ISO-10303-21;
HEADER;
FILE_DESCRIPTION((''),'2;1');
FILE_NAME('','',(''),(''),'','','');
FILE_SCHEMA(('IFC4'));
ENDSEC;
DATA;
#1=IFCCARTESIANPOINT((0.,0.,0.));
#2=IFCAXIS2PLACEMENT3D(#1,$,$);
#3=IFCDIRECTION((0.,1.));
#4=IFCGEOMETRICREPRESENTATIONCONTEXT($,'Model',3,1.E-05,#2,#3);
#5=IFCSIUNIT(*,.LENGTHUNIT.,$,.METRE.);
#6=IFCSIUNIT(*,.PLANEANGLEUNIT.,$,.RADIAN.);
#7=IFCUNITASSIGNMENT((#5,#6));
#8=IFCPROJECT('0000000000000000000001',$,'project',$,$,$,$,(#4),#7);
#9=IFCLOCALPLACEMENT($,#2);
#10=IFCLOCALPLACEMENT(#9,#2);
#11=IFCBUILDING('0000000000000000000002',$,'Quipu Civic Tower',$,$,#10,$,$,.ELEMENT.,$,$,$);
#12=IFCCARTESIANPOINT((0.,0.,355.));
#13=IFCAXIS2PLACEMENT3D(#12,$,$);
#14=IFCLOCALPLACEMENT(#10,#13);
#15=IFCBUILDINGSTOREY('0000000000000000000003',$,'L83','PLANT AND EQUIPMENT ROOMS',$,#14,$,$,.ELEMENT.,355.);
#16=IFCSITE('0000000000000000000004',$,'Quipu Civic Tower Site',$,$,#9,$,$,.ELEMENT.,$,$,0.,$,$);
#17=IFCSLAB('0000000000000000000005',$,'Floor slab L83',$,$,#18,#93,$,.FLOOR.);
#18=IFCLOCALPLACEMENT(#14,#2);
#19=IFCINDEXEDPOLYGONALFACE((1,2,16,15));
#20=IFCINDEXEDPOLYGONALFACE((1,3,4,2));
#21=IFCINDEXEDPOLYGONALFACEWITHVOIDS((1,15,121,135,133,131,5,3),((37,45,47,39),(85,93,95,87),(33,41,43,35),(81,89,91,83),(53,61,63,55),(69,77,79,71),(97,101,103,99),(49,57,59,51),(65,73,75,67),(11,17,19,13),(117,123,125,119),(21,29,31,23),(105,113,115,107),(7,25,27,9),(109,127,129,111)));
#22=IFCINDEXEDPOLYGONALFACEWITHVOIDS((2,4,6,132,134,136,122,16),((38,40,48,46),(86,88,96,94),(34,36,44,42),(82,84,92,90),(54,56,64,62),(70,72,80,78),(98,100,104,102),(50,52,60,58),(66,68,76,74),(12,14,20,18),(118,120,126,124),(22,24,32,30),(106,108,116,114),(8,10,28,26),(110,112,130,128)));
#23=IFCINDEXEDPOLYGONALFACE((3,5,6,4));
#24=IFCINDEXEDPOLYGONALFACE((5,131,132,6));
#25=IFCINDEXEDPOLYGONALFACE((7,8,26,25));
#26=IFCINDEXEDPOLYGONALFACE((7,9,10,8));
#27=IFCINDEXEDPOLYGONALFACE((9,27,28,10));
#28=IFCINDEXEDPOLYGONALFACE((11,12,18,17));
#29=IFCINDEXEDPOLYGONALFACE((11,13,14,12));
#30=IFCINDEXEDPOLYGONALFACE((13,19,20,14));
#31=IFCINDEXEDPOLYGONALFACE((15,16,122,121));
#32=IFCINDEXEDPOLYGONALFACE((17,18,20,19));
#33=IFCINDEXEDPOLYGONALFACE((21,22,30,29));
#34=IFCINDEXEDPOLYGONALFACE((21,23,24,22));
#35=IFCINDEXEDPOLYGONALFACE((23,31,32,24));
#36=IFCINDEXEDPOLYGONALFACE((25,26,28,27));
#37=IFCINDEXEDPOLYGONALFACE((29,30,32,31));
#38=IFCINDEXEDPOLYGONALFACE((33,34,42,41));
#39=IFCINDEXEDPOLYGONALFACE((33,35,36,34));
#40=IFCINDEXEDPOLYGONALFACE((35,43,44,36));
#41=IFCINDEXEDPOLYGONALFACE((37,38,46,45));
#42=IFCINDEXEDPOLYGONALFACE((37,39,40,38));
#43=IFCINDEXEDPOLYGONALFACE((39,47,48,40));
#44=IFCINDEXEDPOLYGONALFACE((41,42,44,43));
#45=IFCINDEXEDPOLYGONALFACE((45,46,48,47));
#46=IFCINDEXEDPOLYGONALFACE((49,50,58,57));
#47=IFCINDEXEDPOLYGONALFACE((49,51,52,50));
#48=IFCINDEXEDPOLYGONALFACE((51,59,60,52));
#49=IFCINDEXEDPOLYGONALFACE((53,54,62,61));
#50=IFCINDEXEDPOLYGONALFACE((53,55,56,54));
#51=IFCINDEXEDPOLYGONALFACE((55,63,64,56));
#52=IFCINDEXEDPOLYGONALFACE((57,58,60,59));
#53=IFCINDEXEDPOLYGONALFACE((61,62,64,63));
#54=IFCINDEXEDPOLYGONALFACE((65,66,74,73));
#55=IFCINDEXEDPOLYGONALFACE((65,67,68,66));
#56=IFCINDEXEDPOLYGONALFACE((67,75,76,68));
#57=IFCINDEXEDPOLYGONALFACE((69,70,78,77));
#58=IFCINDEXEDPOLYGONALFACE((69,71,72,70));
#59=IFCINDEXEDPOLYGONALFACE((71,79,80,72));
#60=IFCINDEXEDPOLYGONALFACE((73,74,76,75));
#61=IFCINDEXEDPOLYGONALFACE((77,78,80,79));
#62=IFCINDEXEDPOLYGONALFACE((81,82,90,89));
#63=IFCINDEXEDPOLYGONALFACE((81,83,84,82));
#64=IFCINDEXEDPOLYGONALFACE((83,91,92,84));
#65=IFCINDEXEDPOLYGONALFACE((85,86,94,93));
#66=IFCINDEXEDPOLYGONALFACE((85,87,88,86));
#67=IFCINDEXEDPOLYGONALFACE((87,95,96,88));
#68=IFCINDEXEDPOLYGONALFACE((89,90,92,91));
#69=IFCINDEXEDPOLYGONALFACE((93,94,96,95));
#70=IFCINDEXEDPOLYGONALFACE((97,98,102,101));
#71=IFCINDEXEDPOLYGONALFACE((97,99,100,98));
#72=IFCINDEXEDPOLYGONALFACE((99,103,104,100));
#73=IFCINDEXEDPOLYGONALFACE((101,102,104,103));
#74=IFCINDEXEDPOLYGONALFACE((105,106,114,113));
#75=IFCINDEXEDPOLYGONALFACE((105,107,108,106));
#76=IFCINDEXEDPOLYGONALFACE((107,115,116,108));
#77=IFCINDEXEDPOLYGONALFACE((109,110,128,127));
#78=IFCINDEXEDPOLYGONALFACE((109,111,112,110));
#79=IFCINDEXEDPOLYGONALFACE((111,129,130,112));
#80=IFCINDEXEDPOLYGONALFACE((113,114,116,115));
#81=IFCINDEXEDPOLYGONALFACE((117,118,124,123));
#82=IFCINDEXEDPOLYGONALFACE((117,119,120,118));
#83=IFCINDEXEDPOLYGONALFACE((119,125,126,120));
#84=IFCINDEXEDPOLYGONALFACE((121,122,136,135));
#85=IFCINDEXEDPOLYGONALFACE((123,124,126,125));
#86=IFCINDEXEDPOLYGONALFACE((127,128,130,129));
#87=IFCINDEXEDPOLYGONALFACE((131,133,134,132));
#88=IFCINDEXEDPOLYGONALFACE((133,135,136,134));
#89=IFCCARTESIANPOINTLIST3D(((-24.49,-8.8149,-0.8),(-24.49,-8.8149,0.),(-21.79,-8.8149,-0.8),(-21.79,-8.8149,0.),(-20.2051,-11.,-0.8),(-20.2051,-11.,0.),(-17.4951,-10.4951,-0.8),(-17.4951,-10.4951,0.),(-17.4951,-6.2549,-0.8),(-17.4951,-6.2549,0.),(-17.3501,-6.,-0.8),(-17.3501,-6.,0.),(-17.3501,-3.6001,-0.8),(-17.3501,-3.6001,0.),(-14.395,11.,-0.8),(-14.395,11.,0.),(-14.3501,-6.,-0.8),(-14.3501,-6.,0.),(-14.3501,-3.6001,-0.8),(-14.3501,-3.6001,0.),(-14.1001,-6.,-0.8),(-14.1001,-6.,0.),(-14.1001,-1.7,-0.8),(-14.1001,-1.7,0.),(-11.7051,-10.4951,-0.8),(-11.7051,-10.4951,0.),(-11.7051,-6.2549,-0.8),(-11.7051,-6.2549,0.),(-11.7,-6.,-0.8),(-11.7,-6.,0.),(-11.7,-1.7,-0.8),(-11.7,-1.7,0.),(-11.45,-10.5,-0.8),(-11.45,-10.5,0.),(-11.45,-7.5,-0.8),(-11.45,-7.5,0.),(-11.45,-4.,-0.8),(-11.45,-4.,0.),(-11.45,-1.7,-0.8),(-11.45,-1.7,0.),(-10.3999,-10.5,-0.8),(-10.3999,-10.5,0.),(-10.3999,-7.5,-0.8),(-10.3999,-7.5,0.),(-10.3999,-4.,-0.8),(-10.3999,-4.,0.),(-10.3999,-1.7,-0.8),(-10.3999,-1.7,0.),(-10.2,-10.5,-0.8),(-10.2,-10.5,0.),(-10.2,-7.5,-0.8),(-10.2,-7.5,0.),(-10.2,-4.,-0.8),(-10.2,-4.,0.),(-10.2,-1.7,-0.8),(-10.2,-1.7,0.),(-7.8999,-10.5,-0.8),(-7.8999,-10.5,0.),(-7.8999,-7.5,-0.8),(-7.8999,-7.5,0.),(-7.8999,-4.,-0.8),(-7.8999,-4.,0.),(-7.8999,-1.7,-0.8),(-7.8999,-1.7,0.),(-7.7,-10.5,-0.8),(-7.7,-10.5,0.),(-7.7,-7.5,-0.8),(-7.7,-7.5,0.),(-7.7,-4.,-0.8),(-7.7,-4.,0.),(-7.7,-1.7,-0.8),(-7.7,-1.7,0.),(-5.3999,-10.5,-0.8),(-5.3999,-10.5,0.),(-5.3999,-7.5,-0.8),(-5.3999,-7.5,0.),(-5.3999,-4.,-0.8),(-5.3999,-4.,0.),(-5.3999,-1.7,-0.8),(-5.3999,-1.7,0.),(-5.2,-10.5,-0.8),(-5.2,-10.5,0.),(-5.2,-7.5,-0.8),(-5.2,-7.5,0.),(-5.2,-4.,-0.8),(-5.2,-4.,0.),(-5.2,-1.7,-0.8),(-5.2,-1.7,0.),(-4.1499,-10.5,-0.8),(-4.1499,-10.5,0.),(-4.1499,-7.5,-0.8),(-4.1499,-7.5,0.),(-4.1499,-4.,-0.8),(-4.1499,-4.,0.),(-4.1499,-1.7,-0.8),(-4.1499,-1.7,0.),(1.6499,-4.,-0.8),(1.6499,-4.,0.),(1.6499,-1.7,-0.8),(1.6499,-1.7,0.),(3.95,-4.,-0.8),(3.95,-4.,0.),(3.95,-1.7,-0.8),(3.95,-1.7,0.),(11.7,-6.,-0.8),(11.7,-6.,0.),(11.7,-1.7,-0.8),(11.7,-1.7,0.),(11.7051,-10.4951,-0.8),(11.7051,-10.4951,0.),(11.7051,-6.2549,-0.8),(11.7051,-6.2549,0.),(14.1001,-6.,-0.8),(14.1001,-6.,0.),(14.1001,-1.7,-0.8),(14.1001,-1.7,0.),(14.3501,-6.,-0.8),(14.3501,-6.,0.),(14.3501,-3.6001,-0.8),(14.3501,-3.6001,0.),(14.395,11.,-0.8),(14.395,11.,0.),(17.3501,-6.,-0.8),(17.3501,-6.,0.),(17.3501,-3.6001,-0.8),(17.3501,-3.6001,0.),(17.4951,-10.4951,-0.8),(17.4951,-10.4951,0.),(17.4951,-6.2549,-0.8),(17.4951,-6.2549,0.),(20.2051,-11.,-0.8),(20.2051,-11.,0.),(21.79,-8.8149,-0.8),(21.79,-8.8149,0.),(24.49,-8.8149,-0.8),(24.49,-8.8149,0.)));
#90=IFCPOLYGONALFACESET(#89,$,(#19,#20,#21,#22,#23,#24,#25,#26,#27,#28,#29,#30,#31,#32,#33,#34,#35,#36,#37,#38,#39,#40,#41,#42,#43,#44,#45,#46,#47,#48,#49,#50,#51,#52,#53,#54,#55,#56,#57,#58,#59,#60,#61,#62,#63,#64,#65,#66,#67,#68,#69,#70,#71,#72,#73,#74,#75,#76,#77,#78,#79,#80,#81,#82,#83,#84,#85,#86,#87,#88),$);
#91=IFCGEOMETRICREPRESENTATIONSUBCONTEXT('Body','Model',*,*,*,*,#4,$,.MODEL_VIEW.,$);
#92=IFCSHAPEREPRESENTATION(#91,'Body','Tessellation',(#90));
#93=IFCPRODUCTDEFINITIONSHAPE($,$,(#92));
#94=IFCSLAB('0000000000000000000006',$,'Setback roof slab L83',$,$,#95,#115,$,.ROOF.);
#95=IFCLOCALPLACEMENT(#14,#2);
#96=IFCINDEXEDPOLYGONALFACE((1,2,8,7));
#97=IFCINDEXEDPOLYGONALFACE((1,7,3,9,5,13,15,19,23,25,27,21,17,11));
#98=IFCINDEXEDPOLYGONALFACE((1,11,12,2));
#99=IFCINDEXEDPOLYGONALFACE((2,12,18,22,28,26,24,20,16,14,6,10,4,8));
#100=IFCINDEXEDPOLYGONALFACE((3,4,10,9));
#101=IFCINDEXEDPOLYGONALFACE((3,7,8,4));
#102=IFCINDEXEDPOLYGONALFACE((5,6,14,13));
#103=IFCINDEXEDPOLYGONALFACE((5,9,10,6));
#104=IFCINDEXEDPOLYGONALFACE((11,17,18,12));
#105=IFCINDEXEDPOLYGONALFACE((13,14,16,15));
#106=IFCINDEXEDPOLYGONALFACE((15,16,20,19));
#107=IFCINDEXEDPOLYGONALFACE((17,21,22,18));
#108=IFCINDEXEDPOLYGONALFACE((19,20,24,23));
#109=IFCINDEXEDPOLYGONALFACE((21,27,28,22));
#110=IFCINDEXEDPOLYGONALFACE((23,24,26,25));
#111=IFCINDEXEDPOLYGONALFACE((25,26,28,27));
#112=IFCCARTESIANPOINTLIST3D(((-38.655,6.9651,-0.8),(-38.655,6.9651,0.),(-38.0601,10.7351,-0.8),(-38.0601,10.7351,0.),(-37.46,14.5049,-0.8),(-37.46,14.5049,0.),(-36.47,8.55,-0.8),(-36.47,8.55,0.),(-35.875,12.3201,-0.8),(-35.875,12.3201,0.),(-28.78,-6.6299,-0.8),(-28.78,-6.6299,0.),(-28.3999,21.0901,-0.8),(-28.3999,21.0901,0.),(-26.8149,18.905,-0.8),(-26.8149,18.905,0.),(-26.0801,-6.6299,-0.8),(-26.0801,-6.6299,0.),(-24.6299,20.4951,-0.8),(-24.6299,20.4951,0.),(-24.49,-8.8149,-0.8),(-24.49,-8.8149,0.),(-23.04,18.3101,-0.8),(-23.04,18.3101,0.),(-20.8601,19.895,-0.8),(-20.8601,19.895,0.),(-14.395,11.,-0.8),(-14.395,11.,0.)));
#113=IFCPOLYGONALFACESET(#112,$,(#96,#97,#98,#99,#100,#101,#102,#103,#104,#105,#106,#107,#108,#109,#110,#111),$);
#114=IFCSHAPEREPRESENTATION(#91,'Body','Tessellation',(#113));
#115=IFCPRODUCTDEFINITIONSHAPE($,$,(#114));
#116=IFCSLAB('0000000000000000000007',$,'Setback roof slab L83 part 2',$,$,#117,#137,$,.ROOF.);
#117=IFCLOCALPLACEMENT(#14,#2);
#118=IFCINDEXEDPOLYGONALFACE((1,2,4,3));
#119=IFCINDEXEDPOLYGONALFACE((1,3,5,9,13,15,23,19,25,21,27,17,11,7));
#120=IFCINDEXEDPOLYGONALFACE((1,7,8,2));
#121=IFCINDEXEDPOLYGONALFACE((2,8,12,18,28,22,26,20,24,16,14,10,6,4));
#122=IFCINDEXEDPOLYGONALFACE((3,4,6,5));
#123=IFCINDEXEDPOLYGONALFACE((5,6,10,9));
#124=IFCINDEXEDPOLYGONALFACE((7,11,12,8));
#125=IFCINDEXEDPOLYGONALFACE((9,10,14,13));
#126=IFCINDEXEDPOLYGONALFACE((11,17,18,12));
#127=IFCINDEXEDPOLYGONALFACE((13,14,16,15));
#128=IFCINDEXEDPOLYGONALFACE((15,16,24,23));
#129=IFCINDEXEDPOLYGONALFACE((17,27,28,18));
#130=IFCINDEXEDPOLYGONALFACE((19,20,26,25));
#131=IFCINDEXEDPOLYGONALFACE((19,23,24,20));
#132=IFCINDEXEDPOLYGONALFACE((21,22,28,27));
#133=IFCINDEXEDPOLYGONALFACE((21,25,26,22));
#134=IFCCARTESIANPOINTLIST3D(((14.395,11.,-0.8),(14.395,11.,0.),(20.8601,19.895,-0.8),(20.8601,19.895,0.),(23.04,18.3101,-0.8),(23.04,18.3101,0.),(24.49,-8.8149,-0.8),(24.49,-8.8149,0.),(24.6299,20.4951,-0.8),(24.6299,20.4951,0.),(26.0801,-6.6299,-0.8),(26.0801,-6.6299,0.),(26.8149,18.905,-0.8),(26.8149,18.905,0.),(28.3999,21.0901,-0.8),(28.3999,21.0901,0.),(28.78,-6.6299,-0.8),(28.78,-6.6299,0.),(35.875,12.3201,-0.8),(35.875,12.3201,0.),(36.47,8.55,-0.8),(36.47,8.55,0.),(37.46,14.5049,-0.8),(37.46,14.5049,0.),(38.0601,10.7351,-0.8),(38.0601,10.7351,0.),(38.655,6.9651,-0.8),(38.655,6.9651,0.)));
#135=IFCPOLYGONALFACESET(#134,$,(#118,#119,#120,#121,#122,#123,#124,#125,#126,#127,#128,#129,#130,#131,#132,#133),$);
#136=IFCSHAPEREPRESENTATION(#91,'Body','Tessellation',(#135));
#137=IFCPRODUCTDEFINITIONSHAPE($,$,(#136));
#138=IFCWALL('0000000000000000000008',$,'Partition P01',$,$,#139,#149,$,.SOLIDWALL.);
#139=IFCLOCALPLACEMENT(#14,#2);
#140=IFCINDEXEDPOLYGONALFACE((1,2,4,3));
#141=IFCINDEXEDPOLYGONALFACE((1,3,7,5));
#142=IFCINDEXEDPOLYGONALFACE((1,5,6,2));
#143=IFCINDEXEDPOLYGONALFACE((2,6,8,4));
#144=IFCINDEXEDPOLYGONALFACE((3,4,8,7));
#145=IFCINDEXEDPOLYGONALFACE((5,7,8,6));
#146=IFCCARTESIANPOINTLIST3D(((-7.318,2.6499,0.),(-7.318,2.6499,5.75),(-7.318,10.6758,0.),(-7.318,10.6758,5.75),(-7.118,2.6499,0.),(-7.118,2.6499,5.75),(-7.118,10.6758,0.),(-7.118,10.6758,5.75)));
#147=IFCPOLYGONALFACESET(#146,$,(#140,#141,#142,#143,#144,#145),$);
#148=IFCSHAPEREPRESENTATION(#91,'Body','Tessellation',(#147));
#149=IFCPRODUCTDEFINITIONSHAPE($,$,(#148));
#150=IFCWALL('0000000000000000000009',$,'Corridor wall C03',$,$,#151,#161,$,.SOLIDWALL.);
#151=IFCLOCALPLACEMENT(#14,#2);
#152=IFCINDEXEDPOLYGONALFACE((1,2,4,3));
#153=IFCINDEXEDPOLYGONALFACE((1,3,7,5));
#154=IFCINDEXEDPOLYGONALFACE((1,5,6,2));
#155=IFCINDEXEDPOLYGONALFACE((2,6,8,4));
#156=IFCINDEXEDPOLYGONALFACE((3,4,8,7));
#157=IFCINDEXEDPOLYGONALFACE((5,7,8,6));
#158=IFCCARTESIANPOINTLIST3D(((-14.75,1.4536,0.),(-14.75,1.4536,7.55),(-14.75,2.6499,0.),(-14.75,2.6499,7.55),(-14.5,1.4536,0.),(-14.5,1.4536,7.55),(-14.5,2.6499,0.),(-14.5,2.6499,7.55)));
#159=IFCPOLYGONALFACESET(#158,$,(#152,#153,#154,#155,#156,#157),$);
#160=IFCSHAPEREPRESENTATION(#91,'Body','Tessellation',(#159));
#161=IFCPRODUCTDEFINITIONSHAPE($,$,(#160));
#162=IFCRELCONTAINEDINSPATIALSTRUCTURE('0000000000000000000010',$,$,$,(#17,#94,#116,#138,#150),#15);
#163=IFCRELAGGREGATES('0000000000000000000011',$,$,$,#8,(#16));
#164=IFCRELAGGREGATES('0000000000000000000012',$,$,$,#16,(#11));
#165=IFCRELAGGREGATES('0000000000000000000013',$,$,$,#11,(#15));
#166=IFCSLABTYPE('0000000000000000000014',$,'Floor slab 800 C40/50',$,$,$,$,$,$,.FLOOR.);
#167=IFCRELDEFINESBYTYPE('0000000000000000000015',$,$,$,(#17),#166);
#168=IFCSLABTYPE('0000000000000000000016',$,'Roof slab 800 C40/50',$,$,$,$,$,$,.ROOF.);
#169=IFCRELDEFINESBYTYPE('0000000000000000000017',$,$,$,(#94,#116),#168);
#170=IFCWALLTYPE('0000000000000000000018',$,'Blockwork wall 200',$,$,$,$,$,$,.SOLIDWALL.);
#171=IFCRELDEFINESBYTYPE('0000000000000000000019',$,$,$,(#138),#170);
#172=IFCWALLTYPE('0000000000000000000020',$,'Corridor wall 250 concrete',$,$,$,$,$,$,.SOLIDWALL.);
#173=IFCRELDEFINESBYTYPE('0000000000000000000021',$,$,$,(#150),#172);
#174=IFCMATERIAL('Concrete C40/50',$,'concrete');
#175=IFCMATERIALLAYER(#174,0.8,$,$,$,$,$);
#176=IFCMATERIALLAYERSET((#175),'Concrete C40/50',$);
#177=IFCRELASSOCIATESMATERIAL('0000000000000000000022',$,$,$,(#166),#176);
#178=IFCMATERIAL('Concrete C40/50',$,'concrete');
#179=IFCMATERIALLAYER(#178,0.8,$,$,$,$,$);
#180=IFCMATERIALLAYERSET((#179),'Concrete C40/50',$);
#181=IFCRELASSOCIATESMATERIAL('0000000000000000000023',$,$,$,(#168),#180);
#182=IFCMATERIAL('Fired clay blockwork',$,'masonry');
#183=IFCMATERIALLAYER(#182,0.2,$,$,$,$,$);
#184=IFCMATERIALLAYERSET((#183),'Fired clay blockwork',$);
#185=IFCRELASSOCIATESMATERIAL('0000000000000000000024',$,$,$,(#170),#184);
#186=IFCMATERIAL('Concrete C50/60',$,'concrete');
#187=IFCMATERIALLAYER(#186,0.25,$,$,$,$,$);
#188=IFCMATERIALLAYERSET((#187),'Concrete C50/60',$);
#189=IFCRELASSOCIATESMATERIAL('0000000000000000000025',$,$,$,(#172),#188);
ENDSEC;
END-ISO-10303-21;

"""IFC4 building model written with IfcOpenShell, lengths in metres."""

from ifc_helpers import new_model, si_unit, direction, frame, frame_2d, origin, place, context, subcontext, project, spatial, polyline, rectangle, outline, extrude, material, layer, layer_set, type_object, element, save


model = new_model("IFC4")

# Units and contexts
model_context = context("Model", 3, precision=1e-05, world=origin(), true_north=direction((0.0, 1.0)))
body_context = subcontext(model_context, "Body", "Model", "MODEL_VIEW")
ifc_project = project(units=[si_unit("LENGTHUNIT", "METRE"), si_unit("PLANEANGLEUNIT", "RADIAN")], contexts=[model_context])

# Site, building, storey
site_placement = place(None, origin())
site = spatial("IfcSite", under=ifc_project, at=site_placement, Name="Quipu Civic Tower Site", CompositionType="ELEMENT", RefElevation=0.0)
building_placement = place(site_placement, origin())
building = spatial("IfcBuilding", under=site, at=building_placement, Name="Quipu Civic Tower", CompositionType="ELEMENT")
storey_placement = place(building_placement, frame((0.0, 0.0, 355.0)))
storey = spatial("IfcBuildingStorey", under=building, at=storey_placement, Name="L83", Description="PLANT AND EQUIPMENT ROOMS", CompositionType="ELEMENT", Elevation=355.0)

# Slabs
ifc_material_1 = material(Name="Concrete C40/50", Category="concrete")
ifc_layer_1 = layer(ifc_material_1, 0.8)
ifc_layer_set_1 = layer_set([ifc_layer_1], Name="Concrete C40/50")
slab_type_1 = type_object("IfcSlabType", Name="Floor slab 800 C40/50", PredefinedType="FLOOR", material=ifc_layer_set_1)
slab_1_placement = place(storey_placement, frame((0.0, 0.0, -0.8)))
element("IfcSlab", 1, at=slab_1_placement, inside=storey, type_object=slab_type_1, Name="Floor slab L83", PredefinedType="FLOOR", context=body_context, shape_type="SweptSolid", body=[
    extrude(outline(polyline([(24.49, -8.8149), (21.79, -8.8149), (20.2051, -11.0), (-20.2051, -11.0), (-21.79, -8.8149), (-24.49, -8.8149), (-14.395, 11.0), (14.395, 11.0), (24.49, -8.8149)]), holes=[polyline([(-11.45, -10.5), (-10.3999, -10.5), (-10.3999, -7.5), (-11.45, -7.5), (-11.45, -10.5)]), polyline([(-10.2, -7.5), (-10.2, -10.5), (-7.8999, -10.5), (-7.8999, -7.5), (-10.2, -7.5)]), polyline([(-7.7, -7.5), (-7.7, -10.5), (-5.3999, -10.5), (-5.3999, -7.5), (-7.7, -7.5)]), polyline([(-11.7051, -6.2549), (-17.4951, -6.2549), (-17.4951, -10.4951), (-11.7051, -10.4951), (-11.7051, -6.2549)]), polyline([(-17.3501, -3.6001), (-17.3501, -6.0), (-14.3501, -6.0), (-14.3501, -3.6001), (-17.3501, -3.6001)]), polyline([(-14.1001, -1.7), (-14.1001, -6.0), (-11.7, -6.0), (-11.7, -1.7), (-14.1001, -1.7)]), polyline([(-11.45, -1.7), (-11.45, -4.0), (-10.3999, -4.0), (-10.3999, -1.7), (-11.45, -1.7)]), polyline([(-10.2, -1.7), (-10.2, -4.0), (-7.8999, -4.0), (-7.8999, -1.7), (-10.2, -1.7)]), polyline([(-5.2, -7.5), (-5.2, -10.5), (-4.1499, -10.5), (-4.1499, -7.5), (-5.2, -7.5)]), polyline([(11.7051, -10.4951), (17.4951, -10.4951), (17.4951, -6.2549), (11.7051, -6.2549), (11.7051, -10.4951)]), polyline([(14.3501, -3.6001), (14.3501, -6.0), (17.3501, -6.0), (17.3501, -3.6001), (14.3501, -3.6001)]), polyline([(11.7, -1.7), (11.7, -6.0), (14.1001, -6.0), (14.1001, -1.7), (11.7, -1.7)]), polyline([(-7.7, -1.7), (-7.7, -4.0), (-5.3999, -4.0), (-5.3999, -1.7), (-7.7, -1.7)]), polyline([(-5.2, -1.7), (-5.2, -4.0), (-4.1499, -4.0), (-4.1499, -1.7), (-5.2, -1.7)]), polyline([(1.6499, -1.7), (1.6499, -4.0), (3.95, -4.0), (3.95, -1.7), (1.6499, -1.7)])]), origin(), (0.0, 0.0, 1.0), 0.8),
])
ifc_material_2 = material(Name="Concrete C40/50", Category="concrete")
ifc_layer_2 = layer(ifc_material_2, 0.8)
ifc_layer_set_2 = layer_set([ifc_layer_2], Name="Concrete C40/50")
slab_type_2 = type_object("IfcSlabType", Name="Roof slab 800 C40/50", PredefinedType="ROOF", material=ifc_layer_set_2)
slab_2_placement = place(storey_placement, frame((0.0, 0.0, -0.8)))
element("IfcSlab", 2, at=slab_2_placement, inside=storey, type_object=slab_type_2, Name="Setback roof slab L83", PredefinedType="ROOF", context=body_context, shape_type="SweptSolid", body=[
    extrude(outline(polyline([(-28.78, -6.6299), (-38.655, 6.9651), (-36.47, 8.55), (-38.0601, 10.7351), (-35.875, 12.3201), (-37.46, 14.5049), (-28.3999, 21.0901), (-26.8149, 18.905), (-24.6299, 20.4951), (-23.04, 18.3101), (-20.8601, 19.895), (-14.395, 11.0), (-24.49, -8.8149), (-26.0801, -6.6299), (-28.78, -6.6299)])), origin(), (0.0, 0.0, 1.0), 0.8),
])
slab_3_placement = place(storey_placement, frame((0.0, 0.0, -0.8)))
element("IfcSlab", 3, at=slab_3_placement, inside=storey, type_object=slab_type_2, Name="Setback roof slab L83 part 2", PredefinedType="ROOF", context=body_context, shape_type="SweptSolid", body=[
    extrude(outline(polyline([(23.04, 18.3101), (24.6299, 20.4951), (26.8149, 18.905), (28.3999, 21.0901), (37.46, 14.5049), (35.875, 12.3201), (38.0601, 10.7351), (36.47, 8.55), (38.655, 6.9651), (28.78, -6.6299), (26.0801, -6.6299), (24.49, -8.8149), (14.395, 11.0), (20.8601, 19.895), (23.04, 18.3101)])), origin(), (0.0, 0.0, 1.0), 0.8),
])

# Walls
ifc_material_3 = material(Name="Fired clay blockwork", Category="masonry")
ifc_layer_3 = layer(ifc_material_3, 0.2)
ifc_layer_set_3 = layer_set([ifc_layer_3], Name="Fired clay blockwork")
wall_type_1 = type_object("IfcWallType", Name="Blockwork wall 200", PredefinedType="SOLIDWALL", material=ifc_layer_set_3)
wall_1_placement = place(storey_placement, frame((-7.218, 2.6499, 0.0), z_axis=(0.0, 0.0, 1.0), x_axis=(0.0, 1.0, 0.0)))
element("IfcWall", 4, at=wall_1_placement, inside=storey, type_object=wall_type_1, Name="Partition P01", PredefinedType="SOLIDWALL", context=body_context, shape_type="SweptSolid", body=[
    extrude(rectangle(XDim=8.0259, YDim=0.2, at=frame_2d((4.0129, 0.0))), origin(), (0.0, 0.0, 1.0), 5.75),
])
ifc_material_4 = material(Name="Concrete C50/60", Category="concrete")
ifc_layer_4 = layer(ifc_material_4, 0.25)
ifc_layer_set_4 = layer_set([ifc_layer_4], Name="Concrete C50/60")
wall_type_2 = type_object("IfcWallType", Name="Corridor wall 250 concrete", PredefinedType="SOLIDWALL", material=ifc_layer_set_4)
wall_2_placement = place(storey_placement, frame((-14.625, 1.4536, 0.0), z_axis=(0.0, 0.0, 1.0), x_axis=(0.0, 1.0, 0.0)))
element("IfcWall", 5, at=wall_2_placement, inside=storey, type_object=wall_type_2, Name="Corridor wall C03", PredefinedType="SOLIDWALL", context=body_context, shape_type="SweptSolid", body=[
    extrude(rectangle(XDim=1.1963, YDim=0.25, at=frame_2d((0.5981, 0.0))), origin(), (0.0, 0.0, 1.0), 7.55),
])

save(model, "model.ifc")
